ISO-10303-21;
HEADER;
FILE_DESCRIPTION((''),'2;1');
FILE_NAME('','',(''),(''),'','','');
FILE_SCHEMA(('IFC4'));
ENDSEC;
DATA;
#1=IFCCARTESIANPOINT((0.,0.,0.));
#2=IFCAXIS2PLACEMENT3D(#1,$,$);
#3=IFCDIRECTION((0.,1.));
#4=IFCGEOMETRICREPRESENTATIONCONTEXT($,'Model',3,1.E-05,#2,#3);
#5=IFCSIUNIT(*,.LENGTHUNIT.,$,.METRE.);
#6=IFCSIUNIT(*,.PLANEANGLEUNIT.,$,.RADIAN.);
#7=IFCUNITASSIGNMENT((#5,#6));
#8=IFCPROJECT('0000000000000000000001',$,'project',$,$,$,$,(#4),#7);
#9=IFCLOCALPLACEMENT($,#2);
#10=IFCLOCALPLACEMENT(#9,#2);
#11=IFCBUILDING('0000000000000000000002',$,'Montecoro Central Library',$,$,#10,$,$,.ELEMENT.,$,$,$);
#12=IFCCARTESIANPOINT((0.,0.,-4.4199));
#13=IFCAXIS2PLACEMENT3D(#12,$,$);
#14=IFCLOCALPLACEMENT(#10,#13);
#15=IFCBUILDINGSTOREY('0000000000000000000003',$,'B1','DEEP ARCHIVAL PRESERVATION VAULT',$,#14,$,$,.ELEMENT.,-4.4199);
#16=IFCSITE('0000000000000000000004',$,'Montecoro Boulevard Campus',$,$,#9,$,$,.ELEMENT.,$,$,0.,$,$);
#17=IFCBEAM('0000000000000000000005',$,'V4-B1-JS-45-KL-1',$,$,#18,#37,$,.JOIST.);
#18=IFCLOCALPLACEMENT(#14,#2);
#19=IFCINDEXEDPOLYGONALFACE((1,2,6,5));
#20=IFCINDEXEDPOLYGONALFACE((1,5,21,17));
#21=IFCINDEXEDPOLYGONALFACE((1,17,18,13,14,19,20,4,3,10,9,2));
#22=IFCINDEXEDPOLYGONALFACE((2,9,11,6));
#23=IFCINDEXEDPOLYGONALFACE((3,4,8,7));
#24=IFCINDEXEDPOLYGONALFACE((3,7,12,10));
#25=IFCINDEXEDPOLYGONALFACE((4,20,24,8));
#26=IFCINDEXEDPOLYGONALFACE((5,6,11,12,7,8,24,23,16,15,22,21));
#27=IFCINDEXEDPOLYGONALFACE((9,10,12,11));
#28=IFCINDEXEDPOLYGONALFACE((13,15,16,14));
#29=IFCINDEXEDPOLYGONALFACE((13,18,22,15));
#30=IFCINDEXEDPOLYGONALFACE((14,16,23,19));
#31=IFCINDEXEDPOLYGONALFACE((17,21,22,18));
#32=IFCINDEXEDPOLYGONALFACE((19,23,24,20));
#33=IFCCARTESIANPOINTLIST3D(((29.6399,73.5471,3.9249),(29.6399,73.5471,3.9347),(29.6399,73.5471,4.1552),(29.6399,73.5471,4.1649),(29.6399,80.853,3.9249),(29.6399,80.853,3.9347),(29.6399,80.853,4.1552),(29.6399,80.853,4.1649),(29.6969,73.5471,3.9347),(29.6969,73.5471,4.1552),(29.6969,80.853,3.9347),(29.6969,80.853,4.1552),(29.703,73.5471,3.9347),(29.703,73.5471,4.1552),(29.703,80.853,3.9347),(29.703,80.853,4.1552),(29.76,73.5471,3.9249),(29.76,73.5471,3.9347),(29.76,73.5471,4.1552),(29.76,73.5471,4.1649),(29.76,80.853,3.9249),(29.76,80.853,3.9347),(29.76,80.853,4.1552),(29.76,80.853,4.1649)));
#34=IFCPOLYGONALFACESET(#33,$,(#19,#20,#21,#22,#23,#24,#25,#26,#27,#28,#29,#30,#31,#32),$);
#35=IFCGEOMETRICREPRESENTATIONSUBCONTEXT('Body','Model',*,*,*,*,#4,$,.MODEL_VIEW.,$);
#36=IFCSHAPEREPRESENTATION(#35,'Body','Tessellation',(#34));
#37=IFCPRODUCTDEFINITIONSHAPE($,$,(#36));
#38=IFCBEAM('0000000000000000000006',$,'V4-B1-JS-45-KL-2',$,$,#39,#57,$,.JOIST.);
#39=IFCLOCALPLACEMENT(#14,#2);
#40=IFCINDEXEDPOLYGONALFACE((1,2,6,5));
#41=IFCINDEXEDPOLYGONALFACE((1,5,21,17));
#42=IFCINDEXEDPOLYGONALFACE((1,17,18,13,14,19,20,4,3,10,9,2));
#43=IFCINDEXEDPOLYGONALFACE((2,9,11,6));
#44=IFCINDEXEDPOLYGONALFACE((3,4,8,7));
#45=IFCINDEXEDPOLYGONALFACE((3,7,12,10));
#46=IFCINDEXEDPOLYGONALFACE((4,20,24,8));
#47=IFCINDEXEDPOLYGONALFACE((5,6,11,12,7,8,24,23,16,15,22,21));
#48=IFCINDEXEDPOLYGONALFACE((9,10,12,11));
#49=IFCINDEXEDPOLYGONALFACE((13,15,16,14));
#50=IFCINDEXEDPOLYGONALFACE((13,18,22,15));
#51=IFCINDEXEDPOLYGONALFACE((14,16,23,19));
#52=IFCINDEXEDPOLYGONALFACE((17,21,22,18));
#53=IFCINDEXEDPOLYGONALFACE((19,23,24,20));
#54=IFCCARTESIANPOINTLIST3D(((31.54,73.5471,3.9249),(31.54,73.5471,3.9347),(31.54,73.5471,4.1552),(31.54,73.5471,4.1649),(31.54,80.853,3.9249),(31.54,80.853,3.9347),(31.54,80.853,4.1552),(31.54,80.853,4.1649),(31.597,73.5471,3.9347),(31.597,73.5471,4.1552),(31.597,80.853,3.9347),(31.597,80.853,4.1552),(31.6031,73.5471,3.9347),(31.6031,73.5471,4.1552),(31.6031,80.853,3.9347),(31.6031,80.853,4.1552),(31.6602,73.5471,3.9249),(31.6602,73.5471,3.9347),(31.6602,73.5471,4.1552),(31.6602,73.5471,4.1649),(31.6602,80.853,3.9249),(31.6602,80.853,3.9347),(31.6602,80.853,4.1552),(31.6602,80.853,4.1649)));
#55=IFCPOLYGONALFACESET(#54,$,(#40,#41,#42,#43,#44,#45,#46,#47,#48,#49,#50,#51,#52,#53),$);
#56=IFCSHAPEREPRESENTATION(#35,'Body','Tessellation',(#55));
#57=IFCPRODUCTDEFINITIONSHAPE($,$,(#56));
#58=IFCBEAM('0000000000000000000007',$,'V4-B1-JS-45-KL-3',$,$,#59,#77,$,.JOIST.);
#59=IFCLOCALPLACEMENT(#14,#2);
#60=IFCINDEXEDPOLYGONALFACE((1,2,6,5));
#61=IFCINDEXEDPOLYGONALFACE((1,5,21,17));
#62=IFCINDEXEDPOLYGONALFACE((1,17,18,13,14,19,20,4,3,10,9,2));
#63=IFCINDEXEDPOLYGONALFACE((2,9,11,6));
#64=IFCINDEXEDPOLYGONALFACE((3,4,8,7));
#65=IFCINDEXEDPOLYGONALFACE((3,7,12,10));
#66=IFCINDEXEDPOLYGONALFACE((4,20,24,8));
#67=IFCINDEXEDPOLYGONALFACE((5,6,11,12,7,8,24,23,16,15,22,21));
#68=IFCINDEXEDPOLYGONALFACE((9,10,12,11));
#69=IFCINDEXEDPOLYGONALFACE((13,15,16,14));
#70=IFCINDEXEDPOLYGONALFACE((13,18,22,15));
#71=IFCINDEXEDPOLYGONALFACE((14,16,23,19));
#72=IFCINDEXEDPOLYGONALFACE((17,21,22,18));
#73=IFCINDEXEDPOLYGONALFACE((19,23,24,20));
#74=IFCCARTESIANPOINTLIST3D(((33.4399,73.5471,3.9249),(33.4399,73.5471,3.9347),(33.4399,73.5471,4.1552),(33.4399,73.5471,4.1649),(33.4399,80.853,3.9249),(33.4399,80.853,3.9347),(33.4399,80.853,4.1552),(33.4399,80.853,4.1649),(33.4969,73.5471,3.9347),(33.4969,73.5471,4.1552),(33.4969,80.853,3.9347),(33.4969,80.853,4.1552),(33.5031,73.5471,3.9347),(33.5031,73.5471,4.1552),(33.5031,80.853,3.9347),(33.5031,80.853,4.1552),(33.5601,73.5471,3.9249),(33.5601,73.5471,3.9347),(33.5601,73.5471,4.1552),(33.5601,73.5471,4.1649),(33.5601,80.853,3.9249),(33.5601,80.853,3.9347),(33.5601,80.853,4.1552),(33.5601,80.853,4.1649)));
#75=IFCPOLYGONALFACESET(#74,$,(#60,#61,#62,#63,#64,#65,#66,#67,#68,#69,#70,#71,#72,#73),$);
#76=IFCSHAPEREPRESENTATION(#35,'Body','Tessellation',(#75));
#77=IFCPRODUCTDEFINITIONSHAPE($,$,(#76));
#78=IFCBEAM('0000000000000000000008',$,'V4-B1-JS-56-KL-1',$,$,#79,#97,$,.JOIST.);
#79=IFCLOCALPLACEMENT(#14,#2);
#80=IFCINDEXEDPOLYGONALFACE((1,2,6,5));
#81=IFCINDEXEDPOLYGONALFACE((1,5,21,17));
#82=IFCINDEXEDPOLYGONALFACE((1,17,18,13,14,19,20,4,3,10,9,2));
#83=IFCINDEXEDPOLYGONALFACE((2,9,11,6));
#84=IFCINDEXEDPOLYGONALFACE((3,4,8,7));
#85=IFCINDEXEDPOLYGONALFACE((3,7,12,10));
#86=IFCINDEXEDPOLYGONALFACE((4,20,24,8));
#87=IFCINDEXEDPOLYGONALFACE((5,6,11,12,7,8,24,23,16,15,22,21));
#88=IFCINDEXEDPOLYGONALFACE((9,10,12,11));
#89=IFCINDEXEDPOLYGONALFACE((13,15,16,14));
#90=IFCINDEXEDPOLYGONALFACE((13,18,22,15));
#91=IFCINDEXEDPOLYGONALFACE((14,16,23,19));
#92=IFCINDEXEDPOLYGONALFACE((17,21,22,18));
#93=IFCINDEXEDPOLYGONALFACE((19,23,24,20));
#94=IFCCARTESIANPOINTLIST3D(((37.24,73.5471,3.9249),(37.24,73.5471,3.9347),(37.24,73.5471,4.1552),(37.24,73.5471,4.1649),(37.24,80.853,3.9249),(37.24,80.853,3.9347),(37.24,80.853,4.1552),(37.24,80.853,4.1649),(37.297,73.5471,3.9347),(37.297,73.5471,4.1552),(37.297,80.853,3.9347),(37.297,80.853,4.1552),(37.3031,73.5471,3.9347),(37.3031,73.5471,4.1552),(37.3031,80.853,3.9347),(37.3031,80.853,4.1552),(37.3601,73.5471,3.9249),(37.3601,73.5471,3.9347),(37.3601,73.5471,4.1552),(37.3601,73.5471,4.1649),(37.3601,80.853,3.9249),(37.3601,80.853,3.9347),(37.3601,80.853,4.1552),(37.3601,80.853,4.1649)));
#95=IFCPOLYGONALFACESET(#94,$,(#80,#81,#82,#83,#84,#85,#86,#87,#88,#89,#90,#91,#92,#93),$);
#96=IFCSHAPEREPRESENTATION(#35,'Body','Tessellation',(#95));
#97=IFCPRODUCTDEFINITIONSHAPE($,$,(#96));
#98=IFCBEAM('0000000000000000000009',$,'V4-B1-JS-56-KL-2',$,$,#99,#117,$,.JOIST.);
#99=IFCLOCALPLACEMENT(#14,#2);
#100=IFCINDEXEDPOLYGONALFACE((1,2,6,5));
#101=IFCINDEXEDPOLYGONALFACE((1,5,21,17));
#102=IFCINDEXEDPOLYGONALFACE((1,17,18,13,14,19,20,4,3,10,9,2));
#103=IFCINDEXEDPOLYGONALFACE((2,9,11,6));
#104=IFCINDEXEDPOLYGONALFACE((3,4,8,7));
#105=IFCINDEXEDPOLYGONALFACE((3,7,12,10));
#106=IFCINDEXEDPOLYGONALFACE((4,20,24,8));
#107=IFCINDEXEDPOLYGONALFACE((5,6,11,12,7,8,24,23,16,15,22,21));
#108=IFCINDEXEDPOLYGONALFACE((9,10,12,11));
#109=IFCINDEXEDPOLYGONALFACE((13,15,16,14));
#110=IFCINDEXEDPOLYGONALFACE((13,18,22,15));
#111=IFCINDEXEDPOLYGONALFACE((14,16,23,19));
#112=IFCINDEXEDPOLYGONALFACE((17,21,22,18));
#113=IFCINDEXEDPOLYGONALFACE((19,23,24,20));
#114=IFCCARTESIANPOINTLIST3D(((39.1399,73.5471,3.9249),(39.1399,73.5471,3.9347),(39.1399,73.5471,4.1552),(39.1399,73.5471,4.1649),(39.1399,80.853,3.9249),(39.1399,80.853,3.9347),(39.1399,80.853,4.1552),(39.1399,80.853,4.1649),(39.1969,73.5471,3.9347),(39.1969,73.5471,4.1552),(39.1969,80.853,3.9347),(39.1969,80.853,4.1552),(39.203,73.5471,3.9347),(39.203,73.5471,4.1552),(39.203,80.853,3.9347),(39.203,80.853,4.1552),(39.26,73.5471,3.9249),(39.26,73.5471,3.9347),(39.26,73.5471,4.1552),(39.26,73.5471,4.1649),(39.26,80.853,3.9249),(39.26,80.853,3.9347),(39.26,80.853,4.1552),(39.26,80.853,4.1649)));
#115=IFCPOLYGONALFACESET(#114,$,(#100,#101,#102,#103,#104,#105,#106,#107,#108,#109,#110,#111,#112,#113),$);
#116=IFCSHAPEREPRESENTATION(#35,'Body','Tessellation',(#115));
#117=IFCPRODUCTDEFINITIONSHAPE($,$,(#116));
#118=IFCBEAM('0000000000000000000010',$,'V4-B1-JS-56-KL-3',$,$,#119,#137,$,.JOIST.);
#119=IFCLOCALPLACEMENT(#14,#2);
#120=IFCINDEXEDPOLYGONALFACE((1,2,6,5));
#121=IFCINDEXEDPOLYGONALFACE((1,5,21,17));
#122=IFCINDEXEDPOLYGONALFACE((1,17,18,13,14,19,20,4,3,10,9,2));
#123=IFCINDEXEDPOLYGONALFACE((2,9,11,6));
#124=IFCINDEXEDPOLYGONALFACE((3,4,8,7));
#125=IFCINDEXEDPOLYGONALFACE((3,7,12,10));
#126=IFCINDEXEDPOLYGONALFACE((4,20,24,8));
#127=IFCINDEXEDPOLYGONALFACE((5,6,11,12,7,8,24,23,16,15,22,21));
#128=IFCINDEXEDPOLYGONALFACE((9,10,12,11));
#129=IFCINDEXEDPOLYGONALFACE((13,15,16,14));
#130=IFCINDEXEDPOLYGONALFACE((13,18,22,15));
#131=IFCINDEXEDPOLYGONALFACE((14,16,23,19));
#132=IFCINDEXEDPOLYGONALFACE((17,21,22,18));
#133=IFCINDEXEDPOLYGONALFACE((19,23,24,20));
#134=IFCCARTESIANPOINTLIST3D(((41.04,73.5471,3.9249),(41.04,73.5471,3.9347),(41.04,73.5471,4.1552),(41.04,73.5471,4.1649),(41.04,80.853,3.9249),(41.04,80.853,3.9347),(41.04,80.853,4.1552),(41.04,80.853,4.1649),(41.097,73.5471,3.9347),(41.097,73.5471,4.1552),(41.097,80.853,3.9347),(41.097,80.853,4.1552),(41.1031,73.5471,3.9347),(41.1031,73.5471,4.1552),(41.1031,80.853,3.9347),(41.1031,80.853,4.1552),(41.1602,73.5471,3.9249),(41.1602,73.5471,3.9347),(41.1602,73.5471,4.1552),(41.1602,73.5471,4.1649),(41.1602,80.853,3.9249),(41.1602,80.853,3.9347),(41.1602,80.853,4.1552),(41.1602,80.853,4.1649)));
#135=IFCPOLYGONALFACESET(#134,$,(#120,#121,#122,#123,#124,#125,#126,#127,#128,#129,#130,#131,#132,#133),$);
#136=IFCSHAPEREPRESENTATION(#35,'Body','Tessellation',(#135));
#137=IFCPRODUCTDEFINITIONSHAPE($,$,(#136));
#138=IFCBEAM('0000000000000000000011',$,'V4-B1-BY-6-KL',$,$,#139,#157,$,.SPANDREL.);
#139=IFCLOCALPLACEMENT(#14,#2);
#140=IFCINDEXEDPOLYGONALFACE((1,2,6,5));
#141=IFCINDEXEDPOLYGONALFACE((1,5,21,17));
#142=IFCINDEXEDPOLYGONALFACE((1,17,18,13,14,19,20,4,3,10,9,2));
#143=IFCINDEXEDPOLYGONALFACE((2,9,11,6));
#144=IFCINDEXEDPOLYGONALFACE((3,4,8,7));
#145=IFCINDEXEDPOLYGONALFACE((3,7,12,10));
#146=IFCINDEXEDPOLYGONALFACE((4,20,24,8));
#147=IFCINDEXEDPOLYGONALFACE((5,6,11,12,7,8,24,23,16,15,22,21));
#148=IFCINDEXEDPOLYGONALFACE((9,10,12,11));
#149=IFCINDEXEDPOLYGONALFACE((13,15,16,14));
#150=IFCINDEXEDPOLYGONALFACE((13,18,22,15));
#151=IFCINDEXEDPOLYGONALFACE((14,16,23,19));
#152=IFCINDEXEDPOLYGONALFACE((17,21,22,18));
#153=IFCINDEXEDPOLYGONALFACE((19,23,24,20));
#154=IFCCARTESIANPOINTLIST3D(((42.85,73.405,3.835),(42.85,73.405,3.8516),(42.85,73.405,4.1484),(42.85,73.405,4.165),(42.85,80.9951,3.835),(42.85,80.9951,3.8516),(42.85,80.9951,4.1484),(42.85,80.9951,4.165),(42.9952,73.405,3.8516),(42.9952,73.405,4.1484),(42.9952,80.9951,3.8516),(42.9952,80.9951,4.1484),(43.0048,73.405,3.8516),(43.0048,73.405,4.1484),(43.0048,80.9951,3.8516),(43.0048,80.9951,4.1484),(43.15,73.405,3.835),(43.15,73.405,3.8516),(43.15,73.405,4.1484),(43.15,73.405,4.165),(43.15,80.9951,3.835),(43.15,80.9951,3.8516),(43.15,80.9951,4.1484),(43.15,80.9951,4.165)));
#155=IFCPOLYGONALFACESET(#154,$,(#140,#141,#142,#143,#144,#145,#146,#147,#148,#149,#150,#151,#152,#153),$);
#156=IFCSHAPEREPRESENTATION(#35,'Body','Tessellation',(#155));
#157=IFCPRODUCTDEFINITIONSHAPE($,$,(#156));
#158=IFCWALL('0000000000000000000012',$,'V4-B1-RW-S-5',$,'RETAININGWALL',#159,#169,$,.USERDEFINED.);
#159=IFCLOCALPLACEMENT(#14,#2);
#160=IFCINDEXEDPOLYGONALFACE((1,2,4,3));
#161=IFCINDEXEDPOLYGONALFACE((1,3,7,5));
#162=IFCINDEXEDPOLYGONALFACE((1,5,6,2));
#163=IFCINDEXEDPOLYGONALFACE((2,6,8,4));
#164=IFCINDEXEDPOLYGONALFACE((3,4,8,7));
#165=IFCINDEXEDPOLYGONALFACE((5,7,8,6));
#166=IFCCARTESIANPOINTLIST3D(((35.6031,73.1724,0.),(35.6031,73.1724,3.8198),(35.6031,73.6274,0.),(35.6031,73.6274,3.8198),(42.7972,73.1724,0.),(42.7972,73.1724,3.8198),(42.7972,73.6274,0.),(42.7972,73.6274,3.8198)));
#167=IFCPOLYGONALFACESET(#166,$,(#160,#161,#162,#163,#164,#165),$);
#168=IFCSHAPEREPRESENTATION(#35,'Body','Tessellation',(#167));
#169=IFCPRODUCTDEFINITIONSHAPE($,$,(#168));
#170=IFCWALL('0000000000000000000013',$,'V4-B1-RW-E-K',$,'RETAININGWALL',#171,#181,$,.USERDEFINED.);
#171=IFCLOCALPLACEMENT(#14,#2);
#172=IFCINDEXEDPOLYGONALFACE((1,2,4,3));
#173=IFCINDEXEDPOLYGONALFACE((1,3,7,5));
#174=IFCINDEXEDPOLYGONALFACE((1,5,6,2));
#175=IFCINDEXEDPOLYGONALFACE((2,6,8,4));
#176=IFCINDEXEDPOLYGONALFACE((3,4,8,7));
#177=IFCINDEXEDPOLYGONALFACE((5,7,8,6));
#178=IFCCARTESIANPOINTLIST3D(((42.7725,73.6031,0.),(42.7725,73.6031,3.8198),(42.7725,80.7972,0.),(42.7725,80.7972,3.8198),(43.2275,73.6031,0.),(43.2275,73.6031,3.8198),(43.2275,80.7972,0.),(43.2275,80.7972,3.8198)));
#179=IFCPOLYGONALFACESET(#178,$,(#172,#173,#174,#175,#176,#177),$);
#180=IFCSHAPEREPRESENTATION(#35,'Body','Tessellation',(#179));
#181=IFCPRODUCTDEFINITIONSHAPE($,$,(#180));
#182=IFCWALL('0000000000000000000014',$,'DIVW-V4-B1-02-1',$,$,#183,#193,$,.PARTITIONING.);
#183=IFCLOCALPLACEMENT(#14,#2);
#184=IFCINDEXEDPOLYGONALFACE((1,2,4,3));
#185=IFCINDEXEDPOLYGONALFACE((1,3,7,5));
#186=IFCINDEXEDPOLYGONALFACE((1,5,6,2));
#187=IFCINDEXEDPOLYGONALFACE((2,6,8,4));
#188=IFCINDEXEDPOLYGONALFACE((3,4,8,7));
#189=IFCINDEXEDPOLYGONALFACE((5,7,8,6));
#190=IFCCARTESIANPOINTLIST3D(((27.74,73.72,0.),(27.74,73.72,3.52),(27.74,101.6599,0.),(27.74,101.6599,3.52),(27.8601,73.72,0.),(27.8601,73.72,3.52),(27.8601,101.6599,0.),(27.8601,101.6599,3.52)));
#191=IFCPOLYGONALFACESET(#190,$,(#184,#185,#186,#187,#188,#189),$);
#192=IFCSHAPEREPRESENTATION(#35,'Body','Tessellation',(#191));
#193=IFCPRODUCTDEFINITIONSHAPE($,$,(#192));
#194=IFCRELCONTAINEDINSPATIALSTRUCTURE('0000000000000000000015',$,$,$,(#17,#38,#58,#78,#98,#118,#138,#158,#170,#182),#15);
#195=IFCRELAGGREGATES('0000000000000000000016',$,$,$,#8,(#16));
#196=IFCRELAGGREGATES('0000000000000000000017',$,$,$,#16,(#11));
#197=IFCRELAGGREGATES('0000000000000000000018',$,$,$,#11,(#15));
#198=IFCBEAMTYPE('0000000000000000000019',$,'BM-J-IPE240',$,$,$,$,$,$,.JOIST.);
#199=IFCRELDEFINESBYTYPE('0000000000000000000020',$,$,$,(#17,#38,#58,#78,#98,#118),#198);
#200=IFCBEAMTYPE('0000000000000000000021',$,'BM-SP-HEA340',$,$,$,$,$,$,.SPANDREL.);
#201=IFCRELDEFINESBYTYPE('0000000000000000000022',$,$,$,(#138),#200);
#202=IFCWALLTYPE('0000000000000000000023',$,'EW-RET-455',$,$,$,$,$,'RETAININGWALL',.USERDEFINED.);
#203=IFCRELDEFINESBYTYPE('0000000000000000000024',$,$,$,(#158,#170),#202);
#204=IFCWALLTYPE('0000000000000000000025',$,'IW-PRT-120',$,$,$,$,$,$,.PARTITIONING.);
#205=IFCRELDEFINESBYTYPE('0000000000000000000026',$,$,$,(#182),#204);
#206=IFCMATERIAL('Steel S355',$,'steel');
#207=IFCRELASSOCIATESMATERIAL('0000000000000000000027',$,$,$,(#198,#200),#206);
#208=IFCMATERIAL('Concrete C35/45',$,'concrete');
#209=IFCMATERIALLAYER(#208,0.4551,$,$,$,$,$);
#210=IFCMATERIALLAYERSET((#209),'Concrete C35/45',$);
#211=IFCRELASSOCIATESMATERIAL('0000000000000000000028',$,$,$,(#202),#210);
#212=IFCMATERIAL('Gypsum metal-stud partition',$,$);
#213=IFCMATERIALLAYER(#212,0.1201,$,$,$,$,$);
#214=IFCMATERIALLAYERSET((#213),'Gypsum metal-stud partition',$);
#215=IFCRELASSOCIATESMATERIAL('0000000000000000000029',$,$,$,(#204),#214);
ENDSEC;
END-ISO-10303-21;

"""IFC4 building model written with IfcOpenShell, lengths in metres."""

from ifc_helpers import new_model, si_unit, direction, frame, frame_2d, origin, origin_2d, place, context, subcontext, project, spatial, rectangle, i_section, extrude, material, layer, layer_set, material_profile, profile_set, type_object, element, save


model = new_model("IFC4")

# Units and contexts
model_context = context("Model", 3, precision=1e-05, world=origin(), true_north=direction((0.0, 1.0)))
body_context = subcontext(model_context, "Body", "Model", "MODEL_VIEW")
ifc_project = project(units=[si_unit("LENGTHUNIT", "METRE"), si_unit("PLANEANGLEUNIT", "RADIAN")], contexts=[model_context])

# Site, building, storey
site_placement = place(None, origin())
site = spatial("IfcSite", under=ifc_project, at=site_placement, Name="Montecoro Boulevard Campus", CompositionType="ELEMENT", RefElevation=0.0)
building_placement = place(site_placement, origin())
building = spatial("IfcBuilding", under=site, at=building_placement, Name="Montecoro Central Library", CompositionType="ELEMENT")
storey_placement = place(building_placement, frame((0.0, 0.0, -4.4199)))
storey = spatial("IfcBuildingStorey", under=building, at=storey_placement, Name="B1", Description="DEEP ARCHIVAL PRESERVATION VAULT", CompositionType="ELEMENT", Elevation=-4.4199)

# Shared definitions
ifc_material_1 = material(Name="Concrete C35/45", Category="concrete")

# Beams
ifc_material_2 = material(Name="Steel S355", Category="steel")
ifc_material_profile_1 = material_profile(ifc_material_2, i_section(OverallWidth=0.1201, OverallDepth=0.24, WebThickness=0.0061, FlangeThickness=0.0098, at=origin_2d()), Name="IPE 240")
ifc_profile_set_1 = profile_set([ifc_material_profile_1], Name="Steel S355")
beam_type_1 = type_object("IfcBeamType", Name="BM-J-IPE240", PredefinedType="JOIST", material=ifc_profile_set_1)
for number, where, z_axis, x_axis, name in (
    (1, (29.7, 73.5471, 4.0449), (0.0, 1.0, 0.0), (-1.0, 0.0, 0.0), "V4-B1-JS-45-KL-1"),
    (2, (31.6001, 73.5471, 4.0449), (0.0, 1.0, 0.0), (-1.0, 0.0, 0.0), "V4-B1-JS-45-KL-2"),
    (3, (33.5, 73.5471, 4.0449), (0.0, 1.0, 0.0), (-1.0, 0.0, 0.0), "V4-B1-JS-45-KL-3"),
    (4, (37.3, 73.5471, 4.0449), (0.0, 1.0, 0.0), (-1.0, 0.0, 0.0), "V4-B1-JS-56-KL-1"),
    (5, (39.2, 73.5471, 4.0449), (0.0, 1.0, 0.0), (-1.0, 0.0, 0.0), "V4-B1-JS-56-KL-2"),
    (6, (41.1001, 73.5471, 4.0449), (0.0, 1.0, 0.0), (-1.0, 0.0, 0.0), "V4-B1-JS-56-KL-3"),
):
    element("IfcBeam", number, at=place(storey_placement, frame(where, z_axis=z_axis, x_axis=x_axis)), inside=storey, type_object=beam_type_1, Name=name, PredefinedType="JOIST", context=body_context, shape_type="SweptSolid", body=[
        extrude(i_section(OverallWidth=0.1201, OverallDepth=0.24, WebThickness=0.0061, FlangeThickness=0.0098, at=origin_2d()), origin(), (0.0, 0.0, 1.0), 7.3059),
    ])
ifc_material_profile_2 = material_profile(ifc_material_2, i_section(OverallWidth=0.3, OverallDepth=0.3301, WebThickness=0.0095, FlangeThickness=0.0166, at=origin_2d()), Name="HEA 340")
ifc_profile_set_2 = profile_set([ifc_material_profile_2], Name="Steel S355")
beam_type_2 = type_object("IfcBeamType", Name="BM-SP-HEA340", PredefinedType="SPANDREL", material=ifc_profile_set_2)
beam_placement = place(storey_placement, frame((43.0, 73.405, 4.0), z_axis=(0.0, 1.0, 0.0), x_axis=(-1.0, 0.0, 0.0)))
element("IfcBeam", 7, at=beam_placement, inside=storey, type_object=beam_type_2, Name="V4-B1-BY-6-KL", PredefinedType="SPANDREL", context=body_context, shape_type="SweptSolid", body=[
    extrude(i_section(OverallWidth=0.3, OverallDepth=0.3301, WebThickness=0.0095, FlangeThickness=0.0166, at=origin_2d()), origin(), (0.0, 0.0, 1.0), 7.5901),
])

# Walls
ifc_layer_1 = layer(ifc_material_1, 0.4551)
ifc_layer_set_1 = layer_set([ifc_layer_1], Name="Concrete C35/45")
wall_type_1 = type_object("IfcWallType", Name="EW-RET-455", ElementType="RETAININGWALL", PredefinedType="USERDEFINED", material=ifc_layer_set_1)
for number, where, z_axis, x_axis, name in (
    (8, (35.603, 73.3999, 0.0), (0.0, 0.0, 1.0), (1.0, 0.0, 0.0), "V4-B1-RW-S-5"),
    (9, (43.0, 73.603, 0.0), (0.0, 0.0, 1.0), (0.0, 1.0, 0.0), "V4-B1-RW-E-K"),
):
    element("IfcWall", number, at=place(storey_placement, frame(where, z_axis=z_axis, x_axis=x_axis)), inside=storey, type_object=wall_type_1, Name=name, ObjectType="RETAININGWALL", PredefinedType="USERDEFINED", context=body_context, shape_type="SweptSolid", body=[
        extrude(rectangle(XDim=7.1941, YDim=0.4551, at=frame_2d((3.5972, 0.0))), origin(), (0.0, 0.0, 1.0), 3.8198),
    ])
ifc_material_3 = material(Name="Gypsum metal-stud partition")
ifc_layer_2 = layer(ifc_material_3, 0.1201)
ifc_layer_set_2 = layer_set([ifc_layer_2], Name="Gypsum metal-stud partition")
wall_type_2 = type_object("IfcWallType", Name="IW-PRT-120", PredefinedType="PARTITIONING", material=ifc_layer_set_2)
wall_placement = place(storey_placement, frame((27.8, 73.72, 0.0), z_axis=(0.0, 0.0, 1.0), x_axis=(0.0, 1.0, 0.0)))
element("IfcWall", 10, at=wall_placement, inside=storey, type_object=wall_type_2, Name="DIVW-V4-B1-02-1", PredefinedType="PARTITIONING", context=body_context, shape_type="SweptSolid", body=[
    extrude(rectangle(XDim=27.9399, YDim=0.1201, at=frame_2d((13.97, 0.0))), origin(), (0.0, 0.0, 1.0), 3.52),
])

save(model, "model.ifc")
